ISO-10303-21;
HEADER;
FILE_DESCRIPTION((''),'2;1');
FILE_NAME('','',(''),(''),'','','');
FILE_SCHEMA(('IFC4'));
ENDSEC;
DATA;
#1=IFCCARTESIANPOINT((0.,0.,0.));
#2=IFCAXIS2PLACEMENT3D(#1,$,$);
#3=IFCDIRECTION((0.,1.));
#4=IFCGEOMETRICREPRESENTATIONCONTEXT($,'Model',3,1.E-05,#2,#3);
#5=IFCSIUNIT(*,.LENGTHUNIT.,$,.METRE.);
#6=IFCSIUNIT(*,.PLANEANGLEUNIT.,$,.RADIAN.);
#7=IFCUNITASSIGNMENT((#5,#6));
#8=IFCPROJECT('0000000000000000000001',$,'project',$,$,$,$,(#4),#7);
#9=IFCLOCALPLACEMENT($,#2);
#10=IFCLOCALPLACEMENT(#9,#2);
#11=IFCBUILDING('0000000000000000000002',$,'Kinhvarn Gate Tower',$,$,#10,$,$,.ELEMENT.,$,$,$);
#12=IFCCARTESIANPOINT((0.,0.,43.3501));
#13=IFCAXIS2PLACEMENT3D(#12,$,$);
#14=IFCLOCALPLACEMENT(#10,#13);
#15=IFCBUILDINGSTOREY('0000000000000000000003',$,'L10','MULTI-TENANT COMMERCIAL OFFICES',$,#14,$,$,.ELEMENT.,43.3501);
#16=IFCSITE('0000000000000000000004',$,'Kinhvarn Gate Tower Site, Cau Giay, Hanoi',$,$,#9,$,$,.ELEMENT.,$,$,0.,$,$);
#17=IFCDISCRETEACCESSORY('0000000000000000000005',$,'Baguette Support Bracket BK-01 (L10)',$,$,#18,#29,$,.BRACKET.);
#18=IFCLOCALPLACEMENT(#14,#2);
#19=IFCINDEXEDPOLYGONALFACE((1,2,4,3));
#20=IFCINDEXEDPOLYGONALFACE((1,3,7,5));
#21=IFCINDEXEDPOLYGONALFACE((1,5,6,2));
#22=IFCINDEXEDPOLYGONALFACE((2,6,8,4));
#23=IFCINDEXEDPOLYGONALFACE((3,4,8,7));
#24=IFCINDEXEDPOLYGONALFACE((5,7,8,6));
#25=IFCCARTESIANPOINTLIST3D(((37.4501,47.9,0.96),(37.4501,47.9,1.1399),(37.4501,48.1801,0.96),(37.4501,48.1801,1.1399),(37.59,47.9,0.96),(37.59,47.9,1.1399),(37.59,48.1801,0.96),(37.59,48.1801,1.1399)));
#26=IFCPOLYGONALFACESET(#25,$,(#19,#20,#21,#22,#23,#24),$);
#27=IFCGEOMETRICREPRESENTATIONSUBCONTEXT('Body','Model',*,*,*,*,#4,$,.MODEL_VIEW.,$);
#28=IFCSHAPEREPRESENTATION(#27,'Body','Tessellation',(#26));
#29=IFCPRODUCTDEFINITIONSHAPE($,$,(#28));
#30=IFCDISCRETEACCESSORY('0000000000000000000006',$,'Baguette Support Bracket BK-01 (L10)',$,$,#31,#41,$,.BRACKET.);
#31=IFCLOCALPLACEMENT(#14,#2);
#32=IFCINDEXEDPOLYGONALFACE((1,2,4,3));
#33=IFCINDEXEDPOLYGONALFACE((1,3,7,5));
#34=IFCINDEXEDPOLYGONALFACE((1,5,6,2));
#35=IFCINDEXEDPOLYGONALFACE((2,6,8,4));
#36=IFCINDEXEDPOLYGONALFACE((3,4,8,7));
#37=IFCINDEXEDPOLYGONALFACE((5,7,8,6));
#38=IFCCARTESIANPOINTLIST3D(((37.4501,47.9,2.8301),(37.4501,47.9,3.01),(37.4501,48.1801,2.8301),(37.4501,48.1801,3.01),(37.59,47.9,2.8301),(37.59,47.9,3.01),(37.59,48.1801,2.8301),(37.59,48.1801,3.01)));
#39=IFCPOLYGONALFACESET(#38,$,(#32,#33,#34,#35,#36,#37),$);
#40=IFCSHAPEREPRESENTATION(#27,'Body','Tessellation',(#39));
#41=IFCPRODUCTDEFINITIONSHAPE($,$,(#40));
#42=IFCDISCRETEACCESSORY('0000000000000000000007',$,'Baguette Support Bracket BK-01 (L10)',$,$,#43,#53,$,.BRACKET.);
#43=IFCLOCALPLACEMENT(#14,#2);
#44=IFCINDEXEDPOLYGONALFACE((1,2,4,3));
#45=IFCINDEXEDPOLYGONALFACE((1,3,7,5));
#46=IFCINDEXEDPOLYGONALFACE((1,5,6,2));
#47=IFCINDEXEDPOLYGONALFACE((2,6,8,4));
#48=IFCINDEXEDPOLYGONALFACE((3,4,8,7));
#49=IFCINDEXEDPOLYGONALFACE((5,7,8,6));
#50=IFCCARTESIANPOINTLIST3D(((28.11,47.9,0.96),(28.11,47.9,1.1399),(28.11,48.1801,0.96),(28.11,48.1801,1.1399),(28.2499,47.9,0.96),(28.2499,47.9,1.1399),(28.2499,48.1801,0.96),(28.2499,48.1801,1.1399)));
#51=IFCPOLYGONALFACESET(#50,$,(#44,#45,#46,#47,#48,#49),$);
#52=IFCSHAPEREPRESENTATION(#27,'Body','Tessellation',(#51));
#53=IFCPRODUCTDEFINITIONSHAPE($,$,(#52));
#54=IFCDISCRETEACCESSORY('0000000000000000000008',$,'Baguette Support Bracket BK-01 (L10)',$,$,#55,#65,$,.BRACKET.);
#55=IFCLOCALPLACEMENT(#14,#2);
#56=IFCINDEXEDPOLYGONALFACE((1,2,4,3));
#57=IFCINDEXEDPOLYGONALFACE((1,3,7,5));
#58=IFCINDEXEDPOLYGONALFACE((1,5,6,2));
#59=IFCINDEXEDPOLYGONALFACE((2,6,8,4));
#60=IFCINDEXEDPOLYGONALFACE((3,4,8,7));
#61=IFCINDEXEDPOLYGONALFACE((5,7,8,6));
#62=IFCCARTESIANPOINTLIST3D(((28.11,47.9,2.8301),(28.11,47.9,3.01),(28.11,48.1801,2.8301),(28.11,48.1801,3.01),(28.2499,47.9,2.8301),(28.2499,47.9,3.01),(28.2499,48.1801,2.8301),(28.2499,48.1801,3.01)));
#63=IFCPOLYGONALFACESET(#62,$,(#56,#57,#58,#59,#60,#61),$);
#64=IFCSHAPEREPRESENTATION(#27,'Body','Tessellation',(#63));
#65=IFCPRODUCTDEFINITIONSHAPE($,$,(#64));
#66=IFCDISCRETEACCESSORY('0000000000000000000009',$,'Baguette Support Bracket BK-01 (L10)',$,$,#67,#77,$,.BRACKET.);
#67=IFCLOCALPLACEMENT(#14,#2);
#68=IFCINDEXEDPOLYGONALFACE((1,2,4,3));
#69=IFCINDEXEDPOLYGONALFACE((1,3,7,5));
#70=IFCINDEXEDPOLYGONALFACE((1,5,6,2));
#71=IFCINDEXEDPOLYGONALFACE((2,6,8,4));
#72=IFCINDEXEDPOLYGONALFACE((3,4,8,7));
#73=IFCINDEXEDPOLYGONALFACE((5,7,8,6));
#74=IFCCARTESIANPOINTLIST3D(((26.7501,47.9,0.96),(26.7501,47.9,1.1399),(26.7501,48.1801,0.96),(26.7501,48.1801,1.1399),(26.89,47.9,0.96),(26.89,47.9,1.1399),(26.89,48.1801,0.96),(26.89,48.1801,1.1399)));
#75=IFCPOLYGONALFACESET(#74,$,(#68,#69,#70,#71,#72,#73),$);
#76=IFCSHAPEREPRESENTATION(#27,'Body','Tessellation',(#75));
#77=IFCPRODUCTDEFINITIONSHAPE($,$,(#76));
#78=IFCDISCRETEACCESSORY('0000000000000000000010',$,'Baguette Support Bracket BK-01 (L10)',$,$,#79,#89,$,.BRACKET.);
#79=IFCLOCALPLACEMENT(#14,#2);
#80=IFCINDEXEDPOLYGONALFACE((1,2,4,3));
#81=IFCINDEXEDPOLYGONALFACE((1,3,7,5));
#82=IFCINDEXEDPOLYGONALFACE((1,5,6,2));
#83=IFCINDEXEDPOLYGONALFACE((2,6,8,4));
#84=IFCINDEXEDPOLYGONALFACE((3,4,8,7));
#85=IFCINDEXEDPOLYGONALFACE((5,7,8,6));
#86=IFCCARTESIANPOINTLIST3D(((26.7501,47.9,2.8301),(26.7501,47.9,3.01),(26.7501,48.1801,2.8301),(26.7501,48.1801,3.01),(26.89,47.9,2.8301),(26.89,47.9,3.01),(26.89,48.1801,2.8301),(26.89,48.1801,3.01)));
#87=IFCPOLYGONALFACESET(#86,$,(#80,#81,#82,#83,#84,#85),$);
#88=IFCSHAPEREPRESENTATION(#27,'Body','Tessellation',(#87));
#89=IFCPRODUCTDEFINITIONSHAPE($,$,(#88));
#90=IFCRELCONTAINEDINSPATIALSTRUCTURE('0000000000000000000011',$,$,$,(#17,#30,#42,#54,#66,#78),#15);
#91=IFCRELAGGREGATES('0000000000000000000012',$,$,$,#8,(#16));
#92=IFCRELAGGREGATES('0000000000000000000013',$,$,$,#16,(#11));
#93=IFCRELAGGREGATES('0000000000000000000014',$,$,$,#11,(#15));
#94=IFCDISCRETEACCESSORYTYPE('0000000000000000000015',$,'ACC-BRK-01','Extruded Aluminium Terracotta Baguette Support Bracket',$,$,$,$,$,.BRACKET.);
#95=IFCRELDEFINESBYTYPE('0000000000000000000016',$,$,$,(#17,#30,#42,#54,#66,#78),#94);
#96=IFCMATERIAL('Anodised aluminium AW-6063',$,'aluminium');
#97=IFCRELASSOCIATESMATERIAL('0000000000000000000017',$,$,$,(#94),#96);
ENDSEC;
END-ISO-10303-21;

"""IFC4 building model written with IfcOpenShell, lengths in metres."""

from ifc_helpers import new_model, si_unit, direction, frame, origin, origin_2d, place, context, subcontext, project, spatial, rectangle, extrude, material, type_object, element, save


model = new_model("IFC4")

# Units and contexts
model_context = context("Model", 3, precision=1e-05, world=origin(), true_north=direction((0.0, 1.0)))
body_context = subcontext(model_context, "Body", "Model", "MODEL_VIEW")
ifc_project = project(units=[si_unit("LENGTHUNIT", "METRE"), si_unit("PLANEANGLEUNIT", "RADIAN")], contexts=[model_context])

# Site, building, storey
site_placement = place(None, origin())
site = spatial("IfcSite", under=ifc_project, at=site_placement, Name="Kinhvarn Gate Tower Site, Cau Giay, Hanoi", CompositionType="ELEMENT", RefElevation=0.0)
building_placement = place(site_placement, origin())
building = spatial("IfcBuilding", under=site, at=building_placement, Name="Kinhvarn Gate Tower", CompositionType="ELEMENT")
storey_placement = place(building_placement, frame((0.0, 0.0, 43.3501)))
storey = spatial("IfcBuildingStorey", under=building, at=storey_placement, Name="L10", Description="MULTI-TENANT COMMERCIAL OFFICES", CompositionType="ELEMENT", Elevation=43.3501)

# Shared definitions
ifc_material_1 = material(Name="Anodised aluminium AW-6063", Category="aluminium")

# Discrete accessories
discrete_accessory_type = type_object("IfcDiscreteAccessoryType", Name="ACC-BRK-01", Description="Extruded Aluminium Terracotta Baguette Support Bracket", PredefinedType="BRACKET", material=ifc_material_1)
for number, where, z_axis, x_axis, name in (
    (1, (37.52, 48.04, 0.96), (0.0, 0.0, 1.0), (-1.0, 0.0, 0.0), "Baguette Support Bracket BK-01 (L10)"),
    (2, (37.52, 48.04, 2.8301), (0.0, 0.0, 1.0), (-1.0, 0.0, 0.0), "Baguette Support Bracket BK-01 (L10)"),
    (3, (28.1799, 48.04, 0.96), (0.0, 0.0, 1.0), (-1.0, 0.0, 0.0), "Baguette Support Bracket BK-01 (L10)"),
    (4, (28.1799, 48.04, 2.8301), (0.0, 0.0, 1.0), (-1.0, 0.0, 0.0), "Baguette Support Bracket BK-01 (L10)"),
    (5, (26.8201, 48.04, 0.96), (0.0, 0.0, 1.0), (-1.0, 0.0, 0.0), "Baguette Support Bracket BK-01 (L10)"),
    (6, (26.8201, 48.04, 2.8301), (0.0, 0.0, 1.0), (-1.0, 0.0, 0.0), "Baguette Support Bracket BK-01 (L10)"),
):
    element("IfcDiscreteAccessory", number, at=place(storey_placement, frame(where, z_axis=z_axis, x_axis=x_axis)), inside=storey, type_object=discrete_accessory_type, Name=name, PredefinedType="BRACKET", context=body_context, shape_type="SweptSolid", body=[
        extrude(rectangle(XDim=0.1399, YDim=0.28, at=origin_2d()), origin(), (0.0, 0.0, 1.0), 0.1799),
    ])

save(model, "model.ifc")
